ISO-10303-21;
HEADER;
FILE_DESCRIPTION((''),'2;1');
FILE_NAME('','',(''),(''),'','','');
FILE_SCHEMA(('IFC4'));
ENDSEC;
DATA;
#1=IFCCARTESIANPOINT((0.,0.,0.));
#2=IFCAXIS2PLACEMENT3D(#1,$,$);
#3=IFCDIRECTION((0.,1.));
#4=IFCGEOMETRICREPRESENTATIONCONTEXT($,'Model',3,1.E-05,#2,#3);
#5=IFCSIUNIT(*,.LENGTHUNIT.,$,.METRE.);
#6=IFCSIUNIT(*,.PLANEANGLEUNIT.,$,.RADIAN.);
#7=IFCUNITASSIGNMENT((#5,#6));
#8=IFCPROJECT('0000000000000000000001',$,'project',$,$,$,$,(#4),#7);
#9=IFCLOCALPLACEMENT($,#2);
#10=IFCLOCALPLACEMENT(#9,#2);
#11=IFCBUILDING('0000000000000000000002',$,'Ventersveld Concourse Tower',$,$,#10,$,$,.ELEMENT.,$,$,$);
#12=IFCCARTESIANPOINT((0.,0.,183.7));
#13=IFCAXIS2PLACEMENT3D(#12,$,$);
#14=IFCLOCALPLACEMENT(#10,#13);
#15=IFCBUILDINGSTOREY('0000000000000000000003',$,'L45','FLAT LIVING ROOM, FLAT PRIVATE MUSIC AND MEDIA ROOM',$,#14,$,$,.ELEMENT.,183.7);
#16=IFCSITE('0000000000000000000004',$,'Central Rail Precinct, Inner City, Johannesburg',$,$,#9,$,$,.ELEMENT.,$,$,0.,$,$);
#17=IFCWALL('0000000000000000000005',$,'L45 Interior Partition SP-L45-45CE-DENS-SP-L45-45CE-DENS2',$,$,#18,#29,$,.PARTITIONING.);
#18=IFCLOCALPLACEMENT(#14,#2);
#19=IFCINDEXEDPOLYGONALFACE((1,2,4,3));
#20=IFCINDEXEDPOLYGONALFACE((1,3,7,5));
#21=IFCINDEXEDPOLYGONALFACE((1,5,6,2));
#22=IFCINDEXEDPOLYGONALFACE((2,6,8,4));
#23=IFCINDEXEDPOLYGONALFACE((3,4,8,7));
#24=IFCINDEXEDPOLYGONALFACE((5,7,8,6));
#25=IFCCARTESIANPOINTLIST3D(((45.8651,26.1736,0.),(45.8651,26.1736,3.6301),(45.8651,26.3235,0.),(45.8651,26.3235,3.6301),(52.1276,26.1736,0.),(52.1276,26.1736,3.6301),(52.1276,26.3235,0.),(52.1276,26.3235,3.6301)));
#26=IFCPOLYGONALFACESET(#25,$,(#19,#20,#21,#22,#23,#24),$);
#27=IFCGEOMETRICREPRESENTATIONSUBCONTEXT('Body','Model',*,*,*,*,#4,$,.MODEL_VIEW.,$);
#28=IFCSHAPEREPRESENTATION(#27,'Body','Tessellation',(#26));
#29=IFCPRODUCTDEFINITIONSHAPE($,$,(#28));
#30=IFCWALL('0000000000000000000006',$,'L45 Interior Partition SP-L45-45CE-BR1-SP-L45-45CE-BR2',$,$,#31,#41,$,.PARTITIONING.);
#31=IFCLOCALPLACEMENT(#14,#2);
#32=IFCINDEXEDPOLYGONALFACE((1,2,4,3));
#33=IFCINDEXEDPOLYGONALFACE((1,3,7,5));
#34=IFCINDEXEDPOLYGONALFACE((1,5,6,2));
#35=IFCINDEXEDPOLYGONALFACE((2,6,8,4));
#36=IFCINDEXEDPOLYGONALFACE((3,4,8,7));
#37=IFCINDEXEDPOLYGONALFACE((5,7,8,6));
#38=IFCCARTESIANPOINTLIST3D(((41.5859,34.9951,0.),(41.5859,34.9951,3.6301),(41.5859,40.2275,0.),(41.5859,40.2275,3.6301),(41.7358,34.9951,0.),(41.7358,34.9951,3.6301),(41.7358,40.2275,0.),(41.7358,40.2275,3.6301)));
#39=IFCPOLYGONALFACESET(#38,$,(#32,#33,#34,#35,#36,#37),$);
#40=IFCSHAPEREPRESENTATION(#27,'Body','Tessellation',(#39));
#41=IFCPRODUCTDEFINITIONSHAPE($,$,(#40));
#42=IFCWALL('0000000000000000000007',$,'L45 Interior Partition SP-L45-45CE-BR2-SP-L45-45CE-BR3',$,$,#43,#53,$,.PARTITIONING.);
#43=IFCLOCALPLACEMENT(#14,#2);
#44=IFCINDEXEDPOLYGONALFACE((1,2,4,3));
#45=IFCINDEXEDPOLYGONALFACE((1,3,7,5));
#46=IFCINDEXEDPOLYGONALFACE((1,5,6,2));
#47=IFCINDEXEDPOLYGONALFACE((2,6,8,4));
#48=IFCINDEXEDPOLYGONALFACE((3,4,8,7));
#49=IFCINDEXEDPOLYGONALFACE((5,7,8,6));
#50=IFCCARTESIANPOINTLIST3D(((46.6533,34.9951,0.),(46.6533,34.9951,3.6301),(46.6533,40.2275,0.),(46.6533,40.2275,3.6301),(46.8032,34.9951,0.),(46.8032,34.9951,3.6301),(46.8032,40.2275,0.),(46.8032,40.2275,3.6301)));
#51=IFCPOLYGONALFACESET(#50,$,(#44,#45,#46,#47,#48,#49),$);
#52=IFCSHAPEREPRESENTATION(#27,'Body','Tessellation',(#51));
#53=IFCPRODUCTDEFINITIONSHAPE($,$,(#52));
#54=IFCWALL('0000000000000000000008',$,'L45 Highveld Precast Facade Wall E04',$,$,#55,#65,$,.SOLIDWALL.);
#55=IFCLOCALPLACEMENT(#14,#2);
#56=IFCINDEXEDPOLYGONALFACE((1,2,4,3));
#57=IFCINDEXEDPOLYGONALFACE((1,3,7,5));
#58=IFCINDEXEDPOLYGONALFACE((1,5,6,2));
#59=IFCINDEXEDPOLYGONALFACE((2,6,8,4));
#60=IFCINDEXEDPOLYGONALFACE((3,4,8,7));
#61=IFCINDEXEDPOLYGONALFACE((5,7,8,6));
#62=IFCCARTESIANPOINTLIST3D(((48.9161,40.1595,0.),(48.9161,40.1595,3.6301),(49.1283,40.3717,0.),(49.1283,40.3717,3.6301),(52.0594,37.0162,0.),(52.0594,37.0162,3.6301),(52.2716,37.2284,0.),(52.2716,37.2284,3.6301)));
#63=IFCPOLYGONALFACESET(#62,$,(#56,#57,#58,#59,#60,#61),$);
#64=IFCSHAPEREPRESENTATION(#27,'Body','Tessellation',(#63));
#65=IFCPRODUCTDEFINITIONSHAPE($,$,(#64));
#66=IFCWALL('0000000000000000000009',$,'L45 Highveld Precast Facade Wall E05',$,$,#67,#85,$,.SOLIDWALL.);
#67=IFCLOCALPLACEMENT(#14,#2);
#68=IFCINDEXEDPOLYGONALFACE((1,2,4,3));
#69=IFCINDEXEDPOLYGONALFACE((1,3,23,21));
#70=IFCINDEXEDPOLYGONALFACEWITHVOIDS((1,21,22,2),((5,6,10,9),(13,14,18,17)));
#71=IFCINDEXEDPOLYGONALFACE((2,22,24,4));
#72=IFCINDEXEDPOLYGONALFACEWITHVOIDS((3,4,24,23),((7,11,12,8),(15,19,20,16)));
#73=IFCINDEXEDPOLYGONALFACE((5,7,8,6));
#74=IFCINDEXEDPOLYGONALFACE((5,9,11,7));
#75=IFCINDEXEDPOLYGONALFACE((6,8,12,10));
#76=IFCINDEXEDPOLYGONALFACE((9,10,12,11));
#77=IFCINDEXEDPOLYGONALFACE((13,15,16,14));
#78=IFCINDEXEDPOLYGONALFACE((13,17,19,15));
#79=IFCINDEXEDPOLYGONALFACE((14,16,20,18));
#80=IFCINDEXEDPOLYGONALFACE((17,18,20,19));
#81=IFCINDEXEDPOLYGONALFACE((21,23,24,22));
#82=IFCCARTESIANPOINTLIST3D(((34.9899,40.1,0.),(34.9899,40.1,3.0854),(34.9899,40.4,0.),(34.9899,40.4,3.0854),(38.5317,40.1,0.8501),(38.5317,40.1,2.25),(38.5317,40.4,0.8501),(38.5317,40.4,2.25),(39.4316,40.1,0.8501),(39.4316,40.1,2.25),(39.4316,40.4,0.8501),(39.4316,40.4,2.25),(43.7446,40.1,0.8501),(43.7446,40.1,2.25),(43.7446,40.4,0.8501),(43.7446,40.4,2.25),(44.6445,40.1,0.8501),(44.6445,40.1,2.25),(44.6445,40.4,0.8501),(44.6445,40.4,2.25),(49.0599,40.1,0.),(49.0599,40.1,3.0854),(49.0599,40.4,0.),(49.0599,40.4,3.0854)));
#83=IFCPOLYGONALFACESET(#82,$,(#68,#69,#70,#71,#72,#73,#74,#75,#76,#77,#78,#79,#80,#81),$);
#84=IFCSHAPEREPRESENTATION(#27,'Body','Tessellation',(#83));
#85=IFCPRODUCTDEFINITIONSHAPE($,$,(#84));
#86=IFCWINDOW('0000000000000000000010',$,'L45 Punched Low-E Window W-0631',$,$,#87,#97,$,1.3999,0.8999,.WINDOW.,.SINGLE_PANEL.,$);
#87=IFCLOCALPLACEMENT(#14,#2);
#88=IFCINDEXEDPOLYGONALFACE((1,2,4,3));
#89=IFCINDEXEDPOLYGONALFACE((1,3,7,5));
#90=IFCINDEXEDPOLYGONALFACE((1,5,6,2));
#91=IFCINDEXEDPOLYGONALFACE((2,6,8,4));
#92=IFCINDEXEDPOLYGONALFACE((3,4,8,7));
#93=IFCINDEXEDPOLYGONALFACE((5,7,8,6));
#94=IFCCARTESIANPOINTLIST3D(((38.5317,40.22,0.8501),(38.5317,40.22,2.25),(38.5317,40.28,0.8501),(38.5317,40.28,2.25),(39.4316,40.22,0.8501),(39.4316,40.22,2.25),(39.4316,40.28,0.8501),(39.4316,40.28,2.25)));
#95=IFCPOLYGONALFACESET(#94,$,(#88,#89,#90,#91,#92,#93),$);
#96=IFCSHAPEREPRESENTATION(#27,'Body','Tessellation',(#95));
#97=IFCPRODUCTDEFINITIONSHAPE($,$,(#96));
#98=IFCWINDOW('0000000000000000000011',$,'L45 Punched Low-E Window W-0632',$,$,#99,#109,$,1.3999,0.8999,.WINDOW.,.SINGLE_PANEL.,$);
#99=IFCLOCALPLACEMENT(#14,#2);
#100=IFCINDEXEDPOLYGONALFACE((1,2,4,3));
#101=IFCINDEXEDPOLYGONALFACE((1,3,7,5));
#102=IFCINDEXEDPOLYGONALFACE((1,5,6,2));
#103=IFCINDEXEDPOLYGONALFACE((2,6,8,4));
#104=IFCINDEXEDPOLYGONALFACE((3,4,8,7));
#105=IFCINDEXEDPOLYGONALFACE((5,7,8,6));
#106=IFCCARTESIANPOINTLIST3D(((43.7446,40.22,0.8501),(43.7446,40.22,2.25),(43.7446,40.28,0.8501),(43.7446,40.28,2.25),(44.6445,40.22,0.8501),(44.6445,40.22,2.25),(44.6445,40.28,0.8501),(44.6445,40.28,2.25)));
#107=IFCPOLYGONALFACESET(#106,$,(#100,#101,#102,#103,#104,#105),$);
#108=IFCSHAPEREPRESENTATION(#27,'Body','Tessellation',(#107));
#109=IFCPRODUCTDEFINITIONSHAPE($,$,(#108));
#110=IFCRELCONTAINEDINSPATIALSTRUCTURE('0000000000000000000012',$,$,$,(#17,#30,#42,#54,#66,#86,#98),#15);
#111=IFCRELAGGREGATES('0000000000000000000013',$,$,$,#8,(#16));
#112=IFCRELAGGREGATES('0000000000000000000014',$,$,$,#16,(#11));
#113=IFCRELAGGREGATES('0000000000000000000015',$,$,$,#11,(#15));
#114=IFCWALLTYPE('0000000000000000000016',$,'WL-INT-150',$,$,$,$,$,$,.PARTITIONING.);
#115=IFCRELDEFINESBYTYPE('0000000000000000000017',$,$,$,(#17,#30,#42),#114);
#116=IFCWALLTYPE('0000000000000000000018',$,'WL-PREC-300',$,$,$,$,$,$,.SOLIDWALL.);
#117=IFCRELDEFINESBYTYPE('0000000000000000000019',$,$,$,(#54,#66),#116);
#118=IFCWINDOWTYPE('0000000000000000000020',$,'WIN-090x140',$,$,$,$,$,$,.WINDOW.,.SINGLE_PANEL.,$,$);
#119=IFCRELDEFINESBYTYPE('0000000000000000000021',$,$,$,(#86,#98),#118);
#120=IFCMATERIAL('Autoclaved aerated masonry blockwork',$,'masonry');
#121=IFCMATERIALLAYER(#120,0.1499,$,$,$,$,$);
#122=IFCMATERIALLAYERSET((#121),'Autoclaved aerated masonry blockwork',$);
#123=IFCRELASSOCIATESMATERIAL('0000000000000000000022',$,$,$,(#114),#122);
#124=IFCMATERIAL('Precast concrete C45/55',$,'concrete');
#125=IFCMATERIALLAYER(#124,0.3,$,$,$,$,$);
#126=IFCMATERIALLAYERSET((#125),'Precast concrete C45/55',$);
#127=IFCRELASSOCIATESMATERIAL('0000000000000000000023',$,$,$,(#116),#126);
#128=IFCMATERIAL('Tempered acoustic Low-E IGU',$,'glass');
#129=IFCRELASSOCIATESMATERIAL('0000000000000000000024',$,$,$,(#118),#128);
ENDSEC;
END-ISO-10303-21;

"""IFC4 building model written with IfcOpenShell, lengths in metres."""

from ifc_helpers import new_model, si_unit, direction, frame, frame_2d, origin, place, context, subcontext, project, spatial, rectangle, extrude, material, layer, layer_set, type_object, element, fill, save


model = new_model("IFC4")

# Units and contexts
model_context = context("Model", 3, precision=1e-05, world=origin(), true_north=direction((0.0, 1.0)))
body_context = subcontext(model_context, "Body", "Model", "MODEL_VIEW")
ifc_project = project(units=[si_unit("LENGTHUNIT", "METRE"), si_unit("PLANEANGLEUNIT", "RADIAN")], contexts=[model_context])

# Site, building, storey
site_placement = place(None, origin())
site = spatial("IfcSite", under=ifc_project, at=site_placement, Name="Central Rail Precinct, Inner City, Johannesburg", CompositionType="ELEMENT", RefElevation=0.0)
building_placement = place(site_placement, origin())
building = spatial("IfcBuilding", under=site, at=building_placement, Name="Ventersveld Concourse Tower", CompositionType="ELEMENT")
storey_placement = place(building_placement, frame((0.0, 0.0, 183.7)))
storey = spatial("IfcBuildingStorey", under=building, at=storey_placement, Name="L45", Description="FLAT LIVING ROOM, FLAT PRIVATE MUSIC AND MEDIA ROOM", CompositionType="ELEMENT", Elevation=183.7)

# Shared definitions
ifc_material_1 = material(Name="Autoclaved aerated masonry blockwork", Category="masonry")
ifc_layer_1 = layer(ifc_material_1, 0.1499)
ifc_layer_set_1 = layer_set([ifc_layer_1], Name="Autoclaved aerated masonry blockwork")
wall_type_1 = type_object("IfcWallType", Name="WL-INT-150", PredefinedType="PARTITIONING", material=ifc_layer_set_1)

# Walls
wall_1_placement = place(storey_placement, frame((45.865, 26.2485, 0.0), z_axis=(0.0, 0.0, 1.0), x_axis=(1.0, 0.0, 0.0)))
element("IfcWall", 1, at=wall_1_placement, inside=storey, type_object=wall_type_1, Name="L45 Interior Partition SP-L45-45CE-DENS-SP-L45-45CE-DENS2", PredefinedType="PARTITIONING", context=body_context, shape_type="SweptSolid", body=[
    extrude(rectangle(XDim=6.2625, YDim=0.1499, at=frame_2d((3.1313, 0.0))), origin(), (0.0, 0.0, 1.0), 3.6301),
])
for number, where, z_axis, x_axis, name in (
    (2, (41.6609, 34.9951, 0.0), (0.0, 0.0, 1.0), (0.0, 1.0, 0.0), "L45 Interior Partition SP-L45-45CE-BR1-SP-L45-45CE-BR2"),
    (3, (46.7283, 34.9951, 0.0), (0.0, 0.0, 1.0), (0.0, 1.0, 0.0), "L45 Interior Partition SP-L45-45CE-BR2-SP-L45-45CE-BR3"),
):
    element("IfcWall", number, at=place(storey_placement, frame(where, z_axis=z_axis, x_axis=x_axis)), inside=storey, type_object=wall_type_1, Name=name, PredefinedType="PARTITIONING", context=body_context, shape_type="SweptSolid", body=[
        extrude(rectangle(XDim=5.2324, YDim=0.1499, at=frame_2d((2.6162, 0.0))), origin(), (0.0, 0.0, 1.0), 3.6301),
    ])
ifc_material_2 = material(Name="Precast concrete C45/55", Category="concrete")
ifc_layer_2 = layer(ifc_material_2, 0.3)
ifc_layer_set_2 = layer_set([ifc_layer_2], Name="Precast concrete C45/55")
wall_type_2 = type_object("IfcWallType", Name="WL-PREC-300", PredefinedType="SOLIDWALL", material=ifc_layer_set_2)
wall_2_placement = place(storey_placement, frame((52.1655, 37.1223, 0.0), z_axis=(0.0, 0.0, 1.0), x_axis=(-0.707107, 0.707107, 0.0)))
element("IfcWall", 4, at=wall_2_placement, inside=storey, type_object=wall_type_2, Name="L45 Highveld Precast Facade Wall E04", PredefinedType="SOLIDWALL", context=body_context, shape_type="SweptSolid", body=[
    extrude(rectangle(XDim=4.4453, YDim=0.3, at=frame_2d((2.2227, 0.0))), origin(), (0.0, 0.0, 1.0), 3.6301),
])

# Wall, openings, windows
wall_3_placement = place(storey_placement, frame((49.0601, 40.25, 0.0), z_axis=(0.0, 0.0, 1.0), x_axis=(-1.0, 0.0, 0.0)))
wall_3 = element("IfcWall", 5, at=wall_3_placement, inside=storey, type_object=wall_type_2, Name="L45 Highveld Precast Facade Wall E05", PredefinedType="SOLIDWALL", context=body_context, shape_type="SweptSolid", body=[
    extrude(rectangle(XDim=14.0701, YDim=0.3, at=frame_2d((7.0352, 0.0))), origin(), (0.0, 0.0, 1.0), 3.0854),
])
opening_1_placement = place(wall_3_placement, frame((9.6284, 0.0, 0.8501)))
opening_1 = element("IfcOpeningElement", 6, at=opening_1_placement, cuts=wall_3, PredefinedType="OPENING", context=body_context, shape_type="SweptSolid", body=[
    extrude(rectangle(XDim=0.8999, YDim=1.3999, at=frame_2d((0.45, 0.7))), frame((0.0, 0.1602, 0.0), z_axis=(0.0, -1.0, 0.0), x_axis=(1.0, 0.0, 0.0)), (0.0, 0.0, 1.0), 0.3201),
])
opening_2_placement = place(wall_3_placement, frame((4.4155, 0.0, 0.8501)))
opening_2 = element("IfcOpeningElement", 7, at=opening_2_placement, cuts=wall_3, PredefinedType="OPENING", context=body_context, shape_type="SweptSolid", body=[
    extrude(rectangle(XDim=0.8999, YDim=1.3999, at=frame_2d((0.45, 0.7))), frame((0.0, 0.1602, 0.0), z_axis=(0.0, -1.0, 0.0), x_axis=(1.0, 0.0, 0.0)), (0.0, 0.0, 1.0), 0.3201),
])
ifc_material_3 = material(Name="Tempered acoustic Low-E IGU", Category="glass")
window_type = type_object("IfcWindowType", Name="WIN-090x140", PartitioningType="SINGLE_PANEL", PredefinedType="WINDOW", material=ifc_material_3)
window_1_placement = place(opening_1_placement, origin())
window_1 = element("IfcWindow", 8, at=window_1_placement, inside=storey, type_object=window_type, Name="L45 Punched Low-E Window W-0631", OverallHeight=1.3999, OverallWidth=0.8999, PartitioningType="SINGLE_PANEL", PredefinedType="WINDOW", context=body_context, shape_type="SweptSolid", body=[
    extrude(rectangle(XDim=0.8999, YDim=1.3999, at=frame_2d((0.45, 0.7))), frame((0.0, 0.03, 0.0), z_axis=(0.0, -1.0, 0.0), x_axis=(1.0, 0.0, 0.0)), (0.0, 0.0, 1.0), 0.0601),
])
fill(opening_1, window_1)
window_2_placement = place(opening_2_placement, origin())
window_2 = element("IfcWindow", 9, at=window_2_placement, inside=storey, type_object=window_type, Name="L45 Punched Low-E Window W-0632", OverallHeight=1.3999, OverallWidth=0.8999, PartitioningType="SINGLE_PANEL", PredefinedType="WINDOW", context=body_context, shape_type="SweptSolid", body=[
    extrude(rectangle(XDim=0.8999, YDim=1.3999, at=frame_2d((0.45, 0.7))), frame((0.0, 0.03, 0.0), z_axis=(0.0, -1.0, 0.0), x_axis=(1.0, 0.0, 0.0)), (0.0, 0.0, 1.0), 0.0601),
])
fill(opening_2, window_2)

save(model, "model.ifc")
